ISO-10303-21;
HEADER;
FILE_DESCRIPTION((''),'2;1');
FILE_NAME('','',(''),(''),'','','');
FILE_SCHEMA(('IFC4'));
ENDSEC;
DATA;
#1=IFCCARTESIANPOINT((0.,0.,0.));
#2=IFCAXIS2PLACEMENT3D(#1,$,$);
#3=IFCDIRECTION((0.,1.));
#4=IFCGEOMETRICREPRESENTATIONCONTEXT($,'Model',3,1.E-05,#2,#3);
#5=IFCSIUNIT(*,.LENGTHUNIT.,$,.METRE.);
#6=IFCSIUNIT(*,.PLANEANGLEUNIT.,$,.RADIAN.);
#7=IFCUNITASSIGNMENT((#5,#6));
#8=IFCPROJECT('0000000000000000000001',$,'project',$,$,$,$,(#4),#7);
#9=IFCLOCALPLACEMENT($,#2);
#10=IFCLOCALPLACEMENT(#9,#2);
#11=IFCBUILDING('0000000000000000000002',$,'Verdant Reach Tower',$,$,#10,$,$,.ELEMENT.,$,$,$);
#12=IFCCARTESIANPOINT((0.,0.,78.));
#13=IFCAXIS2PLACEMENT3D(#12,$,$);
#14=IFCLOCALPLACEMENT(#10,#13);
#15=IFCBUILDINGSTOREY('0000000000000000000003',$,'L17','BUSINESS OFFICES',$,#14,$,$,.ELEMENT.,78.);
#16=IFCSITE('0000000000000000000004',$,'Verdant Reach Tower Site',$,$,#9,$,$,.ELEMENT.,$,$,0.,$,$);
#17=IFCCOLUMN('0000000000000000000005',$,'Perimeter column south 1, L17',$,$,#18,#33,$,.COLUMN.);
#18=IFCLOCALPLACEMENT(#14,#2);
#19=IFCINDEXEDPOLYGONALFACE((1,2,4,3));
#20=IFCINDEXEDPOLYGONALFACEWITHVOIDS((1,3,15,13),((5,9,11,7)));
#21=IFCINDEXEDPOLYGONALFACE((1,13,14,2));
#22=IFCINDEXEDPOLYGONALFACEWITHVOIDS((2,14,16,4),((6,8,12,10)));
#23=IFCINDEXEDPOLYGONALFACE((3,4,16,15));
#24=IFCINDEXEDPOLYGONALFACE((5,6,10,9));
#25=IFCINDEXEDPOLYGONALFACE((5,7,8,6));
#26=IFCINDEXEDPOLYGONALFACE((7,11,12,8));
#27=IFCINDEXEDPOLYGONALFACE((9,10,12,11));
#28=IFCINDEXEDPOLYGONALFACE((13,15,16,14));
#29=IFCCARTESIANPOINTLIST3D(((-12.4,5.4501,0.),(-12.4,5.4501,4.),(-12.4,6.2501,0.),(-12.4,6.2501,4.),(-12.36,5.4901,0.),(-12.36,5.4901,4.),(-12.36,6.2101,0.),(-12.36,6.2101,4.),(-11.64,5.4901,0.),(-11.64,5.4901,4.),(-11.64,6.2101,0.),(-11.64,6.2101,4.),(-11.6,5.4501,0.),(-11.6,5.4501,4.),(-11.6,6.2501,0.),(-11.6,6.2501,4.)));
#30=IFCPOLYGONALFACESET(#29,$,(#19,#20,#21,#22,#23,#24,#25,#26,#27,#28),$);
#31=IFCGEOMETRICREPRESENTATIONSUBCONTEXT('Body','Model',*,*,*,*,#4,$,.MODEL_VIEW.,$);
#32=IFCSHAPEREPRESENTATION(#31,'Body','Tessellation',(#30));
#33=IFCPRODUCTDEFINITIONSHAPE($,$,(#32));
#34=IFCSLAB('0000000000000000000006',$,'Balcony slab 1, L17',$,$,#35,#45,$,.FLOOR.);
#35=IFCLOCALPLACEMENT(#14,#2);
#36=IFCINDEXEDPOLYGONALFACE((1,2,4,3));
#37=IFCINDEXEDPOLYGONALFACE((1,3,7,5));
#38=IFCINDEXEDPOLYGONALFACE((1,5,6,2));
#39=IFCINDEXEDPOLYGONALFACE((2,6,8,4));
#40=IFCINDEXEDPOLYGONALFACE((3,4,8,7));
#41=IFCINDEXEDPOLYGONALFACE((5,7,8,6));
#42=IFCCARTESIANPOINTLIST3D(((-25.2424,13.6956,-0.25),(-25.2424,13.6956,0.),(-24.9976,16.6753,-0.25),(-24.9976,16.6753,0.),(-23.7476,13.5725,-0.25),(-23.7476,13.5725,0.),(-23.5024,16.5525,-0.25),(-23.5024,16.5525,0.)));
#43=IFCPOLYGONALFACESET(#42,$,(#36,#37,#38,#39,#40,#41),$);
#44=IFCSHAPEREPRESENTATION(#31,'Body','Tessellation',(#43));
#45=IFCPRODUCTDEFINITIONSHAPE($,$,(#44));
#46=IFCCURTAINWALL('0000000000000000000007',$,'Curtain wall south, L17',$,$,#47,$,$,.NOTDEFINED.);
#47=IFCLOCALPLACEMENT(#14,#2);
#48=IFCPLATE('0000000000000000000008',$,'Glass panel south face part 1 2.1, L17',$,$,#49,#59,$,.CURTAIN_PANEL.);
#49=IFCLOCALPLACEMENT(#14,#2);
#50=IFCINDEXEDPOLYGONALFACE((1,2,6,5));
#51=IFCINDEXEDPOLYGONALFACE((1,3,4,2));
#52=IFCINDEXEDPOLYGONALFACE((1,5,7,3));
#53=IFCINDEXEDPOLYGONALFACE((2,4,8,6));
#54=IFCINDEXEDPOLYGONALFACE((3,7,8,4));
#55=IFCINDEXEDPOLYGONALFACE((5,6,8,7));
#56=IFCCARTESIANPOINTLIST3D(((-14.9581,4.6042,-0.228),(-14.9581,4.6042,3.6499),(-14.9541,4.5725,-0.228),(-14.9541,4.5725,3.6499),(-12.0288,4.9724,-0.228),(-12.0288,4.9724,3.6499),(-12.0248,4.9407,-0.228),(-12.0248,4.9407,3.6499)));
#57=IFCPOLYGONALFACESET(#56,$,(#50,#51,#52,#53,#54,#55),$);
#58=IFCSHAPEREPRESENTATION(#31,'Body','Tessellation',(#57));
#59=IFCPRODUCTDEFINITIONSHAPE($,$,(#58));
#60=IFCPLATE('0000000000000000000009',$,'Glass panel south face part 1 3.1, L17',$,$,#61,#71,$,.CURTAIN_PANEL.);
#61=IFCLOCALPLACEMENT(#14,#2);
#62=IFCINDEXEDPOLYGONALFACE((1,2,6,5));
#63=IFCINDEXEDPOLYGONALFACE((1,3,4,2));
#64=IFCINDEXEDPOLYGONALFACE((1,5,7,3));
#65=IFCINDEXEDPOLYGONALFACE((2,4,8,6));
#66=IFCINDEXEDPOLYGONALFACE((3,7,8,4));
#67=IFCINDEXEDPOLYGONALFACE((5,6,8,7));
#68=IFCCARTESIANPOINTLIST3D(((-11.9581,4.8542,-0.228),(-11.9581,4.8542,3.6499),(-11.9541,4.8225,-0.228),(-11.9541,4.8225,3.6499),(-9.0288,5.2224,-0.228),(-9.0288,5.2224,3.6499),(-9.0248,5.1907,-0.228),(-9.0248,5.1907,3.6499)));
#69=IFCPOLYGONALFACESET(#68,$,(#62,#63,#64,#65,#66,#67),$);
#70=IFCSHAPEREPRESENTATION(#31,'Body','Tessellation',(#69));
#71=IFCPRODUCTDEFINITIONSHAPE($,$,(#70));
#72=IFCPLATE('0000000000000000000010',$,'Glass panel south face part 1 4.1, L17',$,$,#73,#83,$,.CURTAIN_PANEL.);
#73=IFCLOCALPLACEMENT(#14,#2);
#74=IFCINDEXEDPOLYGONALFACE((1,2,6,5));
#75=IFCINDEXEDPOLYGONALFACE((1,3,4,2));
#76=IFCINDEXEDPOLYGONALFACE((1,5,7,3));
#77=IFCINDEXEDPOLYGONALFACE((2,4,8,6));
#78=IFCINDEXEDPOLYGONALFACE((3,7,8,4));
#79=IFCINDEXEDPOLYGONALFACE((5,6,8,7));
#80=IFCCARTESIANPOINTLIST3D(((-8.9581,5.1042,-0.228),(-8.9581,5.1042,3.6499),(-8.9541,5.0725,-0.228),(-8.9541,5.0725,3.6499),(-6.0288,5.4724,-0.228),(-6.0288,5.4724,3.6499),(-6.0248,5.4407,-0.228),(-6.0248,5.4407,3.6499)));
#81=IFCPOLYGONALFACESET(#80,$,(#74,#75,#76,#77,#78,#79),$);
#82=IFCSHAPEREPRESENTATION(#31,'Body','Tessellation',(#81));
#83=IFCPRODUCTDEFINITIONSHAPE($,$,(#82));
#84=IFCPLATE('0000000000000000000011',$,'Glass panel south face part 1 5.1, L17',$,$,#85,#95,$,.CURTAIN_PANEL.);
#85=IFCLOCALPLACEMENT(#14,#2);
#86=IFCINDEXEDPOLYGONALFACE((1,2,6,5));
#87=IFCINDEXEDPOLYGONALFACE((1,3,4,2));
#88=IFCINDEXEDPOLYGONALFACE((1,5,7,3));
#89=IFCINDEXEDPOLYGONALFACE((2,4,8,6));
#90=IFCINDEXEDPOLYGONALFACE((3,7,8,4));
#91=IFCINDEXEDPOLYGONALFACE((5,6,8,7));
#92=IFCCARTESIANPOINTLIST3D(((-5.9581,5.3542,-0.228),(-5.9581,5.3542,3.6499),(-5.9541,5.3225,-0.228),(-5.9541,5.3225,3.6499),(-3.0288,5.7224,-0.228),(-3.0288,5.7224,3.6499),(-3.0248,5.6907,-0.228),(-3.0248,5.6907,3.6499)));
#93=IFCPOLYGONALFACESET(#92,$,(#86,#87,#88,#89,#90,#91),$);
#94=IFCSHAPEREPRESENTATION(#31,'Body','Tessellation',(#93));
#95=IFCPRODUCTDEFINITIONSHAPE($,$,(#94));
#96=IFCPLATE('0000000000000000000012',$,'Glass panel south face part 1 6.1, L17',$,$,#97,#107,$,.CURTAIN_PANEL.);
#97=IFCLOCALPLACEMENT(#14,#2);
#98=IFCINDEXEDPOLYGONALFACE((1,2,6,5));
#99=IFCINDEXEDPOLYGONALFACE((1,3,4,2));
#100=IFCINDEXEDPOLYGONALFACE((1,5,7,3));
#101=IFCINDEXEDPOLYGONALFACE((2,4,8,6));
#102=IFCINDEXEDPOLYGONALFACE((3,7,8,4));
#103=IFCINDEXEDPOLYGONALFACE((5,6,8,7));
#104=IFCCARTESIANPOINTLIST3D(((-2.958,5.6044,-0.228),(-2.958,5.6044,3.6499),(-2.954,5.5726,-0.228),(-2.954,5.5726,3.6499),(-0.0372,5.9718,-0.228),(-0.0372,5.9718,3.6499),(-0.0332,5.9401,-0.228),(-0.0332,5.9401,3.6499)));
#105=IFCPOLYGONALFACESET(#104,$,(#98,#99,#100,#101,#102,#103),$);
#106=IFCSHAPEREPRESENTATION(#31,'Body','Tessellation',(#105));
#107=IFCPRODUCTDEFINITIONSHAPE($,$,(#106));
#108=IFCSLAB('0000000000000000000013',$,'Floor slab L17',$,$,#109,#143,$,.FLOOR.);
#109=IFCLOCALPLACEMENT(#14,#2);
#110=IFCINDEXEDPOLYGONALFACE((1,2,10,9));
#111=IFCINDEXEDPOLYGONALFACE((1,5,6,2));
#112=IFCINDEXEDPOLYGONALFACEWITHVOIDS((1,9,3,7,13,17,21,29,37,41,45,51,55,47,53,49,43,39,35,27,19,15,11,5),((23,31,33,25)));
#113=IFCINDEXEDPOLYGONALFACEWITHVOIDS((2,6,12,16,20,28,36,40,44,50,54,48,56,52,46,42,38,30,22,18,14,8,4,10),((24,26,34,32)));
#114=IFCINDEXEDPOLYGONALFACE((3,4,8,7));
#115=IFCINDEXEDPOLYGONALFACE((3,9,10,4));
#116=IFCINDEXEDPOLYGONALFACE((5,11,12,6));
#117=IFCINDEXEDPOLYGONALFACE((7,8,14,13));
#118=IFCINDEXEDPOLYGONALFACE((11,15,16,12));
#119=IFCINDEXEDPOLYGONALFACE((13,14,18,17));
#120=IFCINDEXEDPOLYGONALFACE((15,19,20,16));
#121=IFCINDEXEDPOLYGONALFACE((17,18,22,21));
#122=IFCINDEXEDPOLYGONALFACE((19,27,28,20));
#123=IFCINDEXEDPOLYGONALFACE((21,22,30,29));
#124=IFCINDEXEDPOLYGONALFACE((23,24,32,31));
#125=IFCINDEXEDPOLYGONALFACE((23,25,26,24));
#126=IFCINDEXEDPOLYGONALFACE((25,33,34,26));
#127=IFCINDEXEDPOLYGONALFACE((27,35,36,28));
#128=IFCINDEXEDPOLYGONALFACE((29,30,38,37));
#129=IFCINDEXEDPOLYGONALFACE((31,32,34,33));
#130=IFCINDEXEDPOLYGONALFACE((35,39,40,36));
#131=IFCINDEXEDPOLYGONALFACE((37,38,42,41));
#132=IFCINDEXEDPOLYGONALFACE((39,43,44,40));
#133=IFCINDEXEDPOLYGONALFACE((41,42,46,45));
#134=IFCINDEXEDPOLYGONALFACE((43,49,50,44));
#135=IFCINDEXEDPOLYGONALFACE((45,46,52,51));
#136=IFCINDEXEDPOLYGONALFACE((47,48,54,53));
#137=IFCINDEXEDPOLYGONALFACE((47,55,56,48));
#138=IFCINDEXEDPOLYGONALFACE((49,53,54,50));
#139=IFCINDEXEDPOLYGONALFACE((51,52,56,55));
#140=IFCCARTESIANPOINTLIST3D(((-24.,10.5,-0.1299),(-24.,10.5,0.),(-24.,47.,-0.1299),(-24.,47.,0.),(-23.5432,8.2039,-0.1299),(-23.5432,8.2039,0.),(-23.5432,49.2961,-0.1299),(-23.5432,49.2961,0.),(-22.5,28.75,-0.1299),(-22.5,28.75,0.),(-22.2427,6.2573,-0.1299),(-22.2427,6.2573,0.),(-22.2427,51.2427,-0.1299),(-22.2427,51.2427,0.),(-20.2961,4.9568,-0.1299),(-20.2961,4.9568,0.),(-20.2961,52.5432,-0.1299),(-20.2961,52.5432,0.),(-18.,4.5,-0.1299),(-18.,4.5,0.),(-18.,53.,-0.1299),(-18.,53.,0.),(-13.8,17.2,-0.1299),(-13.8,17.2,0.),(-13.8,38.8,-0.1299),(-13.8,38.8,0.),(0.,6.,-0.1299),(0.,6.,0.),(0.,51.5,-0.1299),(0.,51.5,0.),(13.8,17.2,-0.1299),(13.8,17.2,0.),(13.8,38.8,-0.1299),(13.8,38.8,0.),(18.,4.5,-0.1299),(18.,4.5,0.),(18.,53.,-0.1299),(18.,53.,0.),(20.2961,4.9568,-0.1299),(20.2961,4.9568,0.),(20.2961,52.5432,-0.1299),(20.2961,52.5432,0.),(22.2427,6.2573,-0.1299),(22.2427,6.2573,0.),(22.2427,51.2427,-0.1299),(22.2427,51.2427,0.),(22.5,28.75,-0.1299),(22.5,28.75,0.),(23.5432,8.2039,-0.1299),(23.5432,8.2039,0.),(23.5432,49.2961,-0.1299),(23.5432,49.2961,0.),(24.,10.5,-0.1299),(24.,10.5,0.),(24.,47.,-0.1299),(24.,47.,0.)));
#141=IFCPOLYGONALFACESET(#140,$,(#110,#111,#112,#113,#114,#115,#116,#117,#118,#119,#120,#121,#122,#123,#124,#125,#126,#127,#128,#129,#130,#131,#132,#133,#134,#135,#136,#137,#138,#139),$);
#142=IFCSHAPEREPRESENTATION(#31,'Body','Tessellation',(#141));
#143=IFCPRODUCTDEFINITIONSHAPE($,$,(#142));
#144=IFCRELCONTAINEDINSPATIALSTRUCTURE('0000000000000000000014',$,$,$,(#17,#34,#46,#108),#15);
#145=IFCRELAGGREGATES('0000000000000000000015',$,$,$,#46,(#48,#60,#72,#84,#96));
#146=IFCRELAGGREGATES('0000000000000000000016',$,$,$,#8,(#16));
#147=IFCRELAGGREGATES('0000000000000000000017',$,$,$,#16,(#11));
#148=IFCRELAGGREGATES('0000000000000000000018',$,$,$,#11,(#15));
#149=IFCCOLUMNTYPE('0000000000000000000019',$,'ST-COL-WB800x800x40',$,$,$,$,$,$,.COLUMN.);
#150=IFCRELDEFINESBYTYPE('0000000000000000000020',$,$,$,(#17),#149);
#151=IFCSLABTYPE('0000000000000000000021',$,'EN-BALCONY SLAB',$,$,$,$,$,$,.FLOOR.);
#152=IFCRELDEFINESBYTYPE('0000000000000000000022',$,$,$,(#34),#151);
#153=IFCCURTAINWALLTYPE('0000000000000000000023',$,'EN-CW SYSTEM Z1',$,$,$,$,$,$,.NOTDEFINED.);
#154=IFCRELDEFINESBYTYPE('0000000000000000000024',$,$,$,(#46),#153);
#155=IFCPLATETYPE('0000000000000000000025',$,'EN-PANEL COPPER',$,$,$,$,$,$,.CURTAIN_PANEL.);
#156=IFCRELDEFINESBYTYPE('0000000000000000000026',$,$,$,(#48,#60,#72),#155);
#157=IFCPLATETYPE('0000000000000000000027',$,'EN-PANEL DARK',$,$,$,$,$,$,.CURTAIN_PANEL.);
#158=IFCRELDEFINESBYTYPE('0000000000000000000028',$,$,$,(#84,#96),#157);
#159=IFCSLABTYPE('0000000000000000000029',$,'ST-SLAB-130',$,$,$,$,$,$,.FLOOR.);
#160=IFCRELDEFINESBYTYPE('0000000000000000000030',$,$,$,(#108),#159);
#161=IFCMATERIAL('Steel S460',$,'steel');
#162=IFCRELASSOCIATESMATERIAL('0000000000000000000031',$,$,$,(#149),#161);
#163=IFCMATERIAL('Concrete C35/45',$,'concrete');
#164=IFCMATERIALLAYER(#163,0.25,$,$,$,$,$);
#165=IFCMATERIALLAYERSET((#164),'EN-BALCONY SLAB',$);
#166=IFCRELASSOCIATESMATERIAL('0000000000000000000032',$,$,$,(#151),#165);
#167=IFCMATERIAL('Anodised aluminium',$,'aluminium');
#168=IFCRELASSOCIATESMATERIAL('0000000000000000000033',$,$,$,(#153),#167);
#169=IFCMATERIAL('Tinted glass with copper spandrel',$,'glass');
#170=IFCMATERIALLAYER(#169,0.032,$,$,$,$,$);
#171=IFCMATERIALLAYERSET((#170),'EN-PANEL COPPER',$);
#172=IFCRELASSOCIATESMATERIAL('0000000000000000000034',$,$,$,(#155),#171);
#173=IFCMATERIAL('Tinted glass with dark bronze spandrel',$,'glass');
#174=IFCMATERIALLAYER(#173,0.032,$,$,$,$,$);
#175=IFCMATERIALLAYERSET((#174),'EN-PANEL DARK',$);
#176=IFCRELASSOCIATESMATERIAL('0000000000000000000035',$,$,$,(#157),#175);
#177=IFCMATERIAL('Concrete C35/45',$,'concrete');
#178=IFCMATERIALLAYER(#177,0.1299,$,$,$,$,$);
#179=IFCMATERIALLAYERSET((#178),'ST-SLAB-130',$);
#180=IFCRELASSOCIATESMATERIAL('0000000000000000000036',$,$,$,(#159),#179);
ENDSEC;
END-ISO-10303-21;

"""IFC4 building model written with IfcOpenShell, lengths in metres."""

from ifc_helpers import new_model, si_unit, direction, frame, origin, origin_2d, place, context, subcontext, project, spatial, polyline, rectangle, hollow_rectangle, outline, extrude, material, layer, layer_set, material_profile, profile_set, type_object, element, aggregate, save


model = new_model("IFC4")

# Units and contexts
model_context = context("Model", 3, precision=1e-05, world=origin(), true_north=direction((0.0, 1.0)))
body_context = subcontext(model_context, "Body", "Model", "MODEL_VIEW")
ifc_project = project(units=[si_unit("LENGTHUNIT", "METRE"), si_unit("PLANEANGLEUNIT", "RADIAN")], contexts=[model_context])

# Site, building, storey
site_placement = place(None, origin())
site = spatial("IfcSite", under=ifc_project, at=site_placement, Name="Verdant Reach Tower Site", CompositionType="ELEMENT", RefElevation=0.0)
building_placement = place(site_placement, origin())
building = spatial("IfcBuilding", under=site, at=building_placement, Name="Verdant Reach Tower", CompositionType="ELEMENT")
storey_placement = place(building_placement, frame((0.0, 0.0, 78.0)))
storey = spatial("IfcBuildingStorey", under=building, at=storey_placement, Name="L17", Description="BUSINESS OFFICES", CompositionType="ELEMENT", Elevation=78.0)

# Column
ifc_material_1 = material(Name="Steel S460", Category="steel")
ifc_material_profile = material_profile(ifc_material_1, hollow_rectangle(XDim=0.8, YDim=0.8, WallThickness=0.04, at=origin_2d()), Name="WB 800x800x40")
ifc_profile_set = profile_set([ifc_material_profile], Name="Steel S460")
column_type = type_object("IfcColumnType", Name="ST-COL-WB800x800x40", PredefinedType="COLUMN", material=ifc_profile_set)
column_placement = place(storey_placement, frame((-12.0, 5.8501, 0.0), z_axis=(0.0, 0.0, 1.0), x_axis=(1.0, 0.0, 0.0)))
element("IfcColumn", 1, at=column_placement, inside=storey, type_object=column_type, Name="Perimeter column south 1, L17", PredefinedType="COLUMN", context=body_context, shape_type="SweptSolid", body=[
    extrude(hollow_rectangle(XDim=0.8, YDim=0.8, WallThickness=0.04, at=origin_2d()), origin(), (0.0, 0.0, 1.0), 4.0),
])

# Slab
ifc_material_2 = material(Name="Concrete C35/45", Category="concrete")
ifc_layer_1 = layer(ifc_material_2, 0.25)
ifc_layer_set_1 = layer_set([ifc_layer_1], Name="EN-BALCONY SLAB")
slab_type_1 = type_object("IfcSlabType", Name="EN-BALCONY SLAB", PredefinedType="FLOOR", material=ifc_layer_set_1)
slab_1_placement = place(storey_placement, frame((0.0, 0.0, -0.25)))
element("IfcSlab", 2, at=slab_1_placement, inside=storey, type_object=slab_type_1, Name="Balcony slab 1, L17", PredefinedType="FLOOR", context=body_context, shape_type="SweptSolid", body=[
    extrude(outline(polyline([(-23.5024, 16.5525), (-23.7476, 13.5725), (-25.2424, 13.6956), (-24.9976, 16.6753), (-23.5024, 16.5525)])), origin(), (0.0, 0.0, 1.0), 0.25),
])

# Curtain wall, plates
ifc_material_3 = material(Name="Anodised aluminium", Category="aluminium")
curtain_wall_type = type_object("IfcCurtainWallType", Name="EN-CW SYSTEM Z1", PredefinedType="NOTDEFINED", material=ifc_material_3)
curtain_wall_placement = place(storey_placement, origin())
curtain_wall = element("IfcCurtainWall", 3, at=curtain_wall_placement, inside=storey, type_object=curtain_wall_type, Name="Curtain wall south, L17", PredefinedType="NOTDEFINED")
ifc_material_4 = material(Name="Tinted glass with copper spandrel", Category="glass")
ifc_layer_2 = layer(ifc_material_4, 0.032)
ifc_layer_set_2 = layer_set([ifc_layer_2], Name="EN-PANEL COPPER")
plate_type_1 = type_object("IfcPlateType", Name="EN-PANEL COPPER", PredefinedType="CURTAIN_PANEL", material=ifc_layer_set_2)
plate_1_placement = place(storey_placement, frame((-13.4915, 4.7725, -0.228), z_axis=(0.0, 0.0, 1.0), x_axis=(0.992194, 0.124704, 0.0)))
plate_1 = element("IfcPlate", 4, at=plate_1_placement, type_object=plate_type_1, Name="Glass panel south face part 1 2.1, L17", PredefinedType="CURTAIN_PANEL", context=body_context, shape_type="SweptSolid", body=[
    extrude(rectangle(XDim=2.9524, YDim=0.032, at=origin_2d()), origin(), (0.0, 0.0, 1.0), 3.8779),
])
plate_2_placement = place(storey_placement, frame((-10.4915, 5.0225, -0.228), z_axis=(0.0, 0.0, 1.0), x_axis=(0.992194, 0.124704, 0.0)))
plate_2 = element("IfcPlate", 5, at=plate_2_placement, type_object=plate_type_1, Name="Glass panel south face part 1 3.1, L17", PredefinedType="CURTAIN_PANEL", context=body_context, shape_type="SweptSolid", body=[
    extrude(rectangle(XDim=2.9524, YDim=0.032, at=origin_2d()), origin(), (0.0, 0.0, 1.0), 3.8779),
])
plate_3_placement = place(storey_placement, frame((-7.4915, 5.2725, -0.228), z_axis=(0.0, 0.0, 1.0), x_axis=(0.992194, 0.124704, 0.0)))
plate_3 = element("IfcPlate", 6, at=plate_3_placement, type_object=plate_type_1, Name="Glass panel south face part 1 4.1, L17", PredefinedType="CURTAIN_PANEL", context=body_context, shape_type="SweptSolid", body=[
    extrude(rectangle(XDim=2.9524, YDim=0.032, at=origin_2d()), origin(), (0.0, 0.0, 1.0), 3.8779),
])
ifc_material_5 = material(Name="Tinted glass with dark bronze spandrel", Category="glass")
ifc_layer_3 = layer(ifc_material_5, 0.032)
ifc_layer_set_3 = layer_set([ifc_layer_3], Name="EN-PANEL DARK")
plate_type_2 = type_object("IfcPlateType", Name="EN-PANEL DARK", PredefinedType="CURTAIN_PANEL", material=ifc_layer_set_3)
plate_4_placement = place(storey_placement, frame((-4.4915, 5.5225, -0.228), z_axis=(0.0, 0.0, 1.0), x_axis=(0.992194, 0.124704, 0.0)))
plate_4 = element("IfcPlate", 7, at=plate_4_placement, type_object=plate_type_2, Name="Glass panel south face part 1 5.1, L17", PredefinedType="CURTAIN_PANEL", context=body_context, shape_type="SweptSolid", body=[
    extrude(rectangle(XDim=2.9524, YDim=0.032, at=origin_2d()), origin(), (0.0, 0.0, 1.0), 3.8779),
])
plate_5_placement = place(storey_placement, frame((-1.4956, 5.7722, -0.228), z_axis=(0.0, 0.0, 1.0), x_axis=(0.992179, 0.124821, 0.0)))
plate_5 = element("IfcPlate", 8, at=plate_5_placement, type_object=plate_type_2, Name="Glass panel south face part 1 6.1, L17", PredefinedType="CURTAIN_PANEL", context=body_context, shape_type="SweptSolid", body=[
    extrude(rectangle(XDim=2.9438, YDim=0.032, at=origin_2d()), origin(), (0.0, 0.0, 1.0), 3.8779),
])
aggregate(curtain_wall, [plate_1, plate_2, plate_3, plate_4, plate_5])

# Slab
ifc_material_6 = material(Name="Concrete C35/45", Category="concrete")
ifc_layer_4 = layer(ifc_material_6, 0.1299)
ifc_layer_set_4 = layer_set([ifc_layer_4], Name="ST-SLAB-130")
slab_type_2 = type_object("IfcSlabType", Name="ST-SLAB-130", PredefinedType="FLOOR", material=ifc_layer_set_4)
slab_2_placement = place(storey_placement, frame((0.0, 0.0, -0.1299)))
element("IfcSlab", 9, at=slab_2_placement, inside=storey, type_object=slab_type_2, Name="Floor slab L17", PredefinedType="FLOOR", context=body_context, shape_type="SweptSolid", body=[
    extrude(outline(polyline([(0.0, 6.0), (-18.0, 4.5), (-20.2961, 4.9568), (-22.2427, 6.2573), (-23.5432, 8.2039), (-24.0, 10.5), (-22.5, 28.75), (-24.0, 47.0), (-23.5432, 49.2961), (-22.2427, 51.2427), (-20.2961, 52.5432), (-18.0, 53.0), (0.0, 51.5), (18.0, 53.0), (20.2961, 52.5432), (22.2427, 51.2427), (23.5432, 49.2961), (24.0, 47.0), (22.5, 28.75), (24.0, 10.5), (23.5432, 8.2039), (22.2427, 6.2573), (20.2961, 4.9568), (18.0, 4.5), (0.0, 6.0)]), holes=[polyline([(13.8, 38.8), (-13.8, 38.8), (-13.8, 17.2), (13.8, 17.2), (13.8, 38.8)])]), origin(), (0.0, 0.0, 1.0), 0.1299),
])

save(model, "model.ifc")
